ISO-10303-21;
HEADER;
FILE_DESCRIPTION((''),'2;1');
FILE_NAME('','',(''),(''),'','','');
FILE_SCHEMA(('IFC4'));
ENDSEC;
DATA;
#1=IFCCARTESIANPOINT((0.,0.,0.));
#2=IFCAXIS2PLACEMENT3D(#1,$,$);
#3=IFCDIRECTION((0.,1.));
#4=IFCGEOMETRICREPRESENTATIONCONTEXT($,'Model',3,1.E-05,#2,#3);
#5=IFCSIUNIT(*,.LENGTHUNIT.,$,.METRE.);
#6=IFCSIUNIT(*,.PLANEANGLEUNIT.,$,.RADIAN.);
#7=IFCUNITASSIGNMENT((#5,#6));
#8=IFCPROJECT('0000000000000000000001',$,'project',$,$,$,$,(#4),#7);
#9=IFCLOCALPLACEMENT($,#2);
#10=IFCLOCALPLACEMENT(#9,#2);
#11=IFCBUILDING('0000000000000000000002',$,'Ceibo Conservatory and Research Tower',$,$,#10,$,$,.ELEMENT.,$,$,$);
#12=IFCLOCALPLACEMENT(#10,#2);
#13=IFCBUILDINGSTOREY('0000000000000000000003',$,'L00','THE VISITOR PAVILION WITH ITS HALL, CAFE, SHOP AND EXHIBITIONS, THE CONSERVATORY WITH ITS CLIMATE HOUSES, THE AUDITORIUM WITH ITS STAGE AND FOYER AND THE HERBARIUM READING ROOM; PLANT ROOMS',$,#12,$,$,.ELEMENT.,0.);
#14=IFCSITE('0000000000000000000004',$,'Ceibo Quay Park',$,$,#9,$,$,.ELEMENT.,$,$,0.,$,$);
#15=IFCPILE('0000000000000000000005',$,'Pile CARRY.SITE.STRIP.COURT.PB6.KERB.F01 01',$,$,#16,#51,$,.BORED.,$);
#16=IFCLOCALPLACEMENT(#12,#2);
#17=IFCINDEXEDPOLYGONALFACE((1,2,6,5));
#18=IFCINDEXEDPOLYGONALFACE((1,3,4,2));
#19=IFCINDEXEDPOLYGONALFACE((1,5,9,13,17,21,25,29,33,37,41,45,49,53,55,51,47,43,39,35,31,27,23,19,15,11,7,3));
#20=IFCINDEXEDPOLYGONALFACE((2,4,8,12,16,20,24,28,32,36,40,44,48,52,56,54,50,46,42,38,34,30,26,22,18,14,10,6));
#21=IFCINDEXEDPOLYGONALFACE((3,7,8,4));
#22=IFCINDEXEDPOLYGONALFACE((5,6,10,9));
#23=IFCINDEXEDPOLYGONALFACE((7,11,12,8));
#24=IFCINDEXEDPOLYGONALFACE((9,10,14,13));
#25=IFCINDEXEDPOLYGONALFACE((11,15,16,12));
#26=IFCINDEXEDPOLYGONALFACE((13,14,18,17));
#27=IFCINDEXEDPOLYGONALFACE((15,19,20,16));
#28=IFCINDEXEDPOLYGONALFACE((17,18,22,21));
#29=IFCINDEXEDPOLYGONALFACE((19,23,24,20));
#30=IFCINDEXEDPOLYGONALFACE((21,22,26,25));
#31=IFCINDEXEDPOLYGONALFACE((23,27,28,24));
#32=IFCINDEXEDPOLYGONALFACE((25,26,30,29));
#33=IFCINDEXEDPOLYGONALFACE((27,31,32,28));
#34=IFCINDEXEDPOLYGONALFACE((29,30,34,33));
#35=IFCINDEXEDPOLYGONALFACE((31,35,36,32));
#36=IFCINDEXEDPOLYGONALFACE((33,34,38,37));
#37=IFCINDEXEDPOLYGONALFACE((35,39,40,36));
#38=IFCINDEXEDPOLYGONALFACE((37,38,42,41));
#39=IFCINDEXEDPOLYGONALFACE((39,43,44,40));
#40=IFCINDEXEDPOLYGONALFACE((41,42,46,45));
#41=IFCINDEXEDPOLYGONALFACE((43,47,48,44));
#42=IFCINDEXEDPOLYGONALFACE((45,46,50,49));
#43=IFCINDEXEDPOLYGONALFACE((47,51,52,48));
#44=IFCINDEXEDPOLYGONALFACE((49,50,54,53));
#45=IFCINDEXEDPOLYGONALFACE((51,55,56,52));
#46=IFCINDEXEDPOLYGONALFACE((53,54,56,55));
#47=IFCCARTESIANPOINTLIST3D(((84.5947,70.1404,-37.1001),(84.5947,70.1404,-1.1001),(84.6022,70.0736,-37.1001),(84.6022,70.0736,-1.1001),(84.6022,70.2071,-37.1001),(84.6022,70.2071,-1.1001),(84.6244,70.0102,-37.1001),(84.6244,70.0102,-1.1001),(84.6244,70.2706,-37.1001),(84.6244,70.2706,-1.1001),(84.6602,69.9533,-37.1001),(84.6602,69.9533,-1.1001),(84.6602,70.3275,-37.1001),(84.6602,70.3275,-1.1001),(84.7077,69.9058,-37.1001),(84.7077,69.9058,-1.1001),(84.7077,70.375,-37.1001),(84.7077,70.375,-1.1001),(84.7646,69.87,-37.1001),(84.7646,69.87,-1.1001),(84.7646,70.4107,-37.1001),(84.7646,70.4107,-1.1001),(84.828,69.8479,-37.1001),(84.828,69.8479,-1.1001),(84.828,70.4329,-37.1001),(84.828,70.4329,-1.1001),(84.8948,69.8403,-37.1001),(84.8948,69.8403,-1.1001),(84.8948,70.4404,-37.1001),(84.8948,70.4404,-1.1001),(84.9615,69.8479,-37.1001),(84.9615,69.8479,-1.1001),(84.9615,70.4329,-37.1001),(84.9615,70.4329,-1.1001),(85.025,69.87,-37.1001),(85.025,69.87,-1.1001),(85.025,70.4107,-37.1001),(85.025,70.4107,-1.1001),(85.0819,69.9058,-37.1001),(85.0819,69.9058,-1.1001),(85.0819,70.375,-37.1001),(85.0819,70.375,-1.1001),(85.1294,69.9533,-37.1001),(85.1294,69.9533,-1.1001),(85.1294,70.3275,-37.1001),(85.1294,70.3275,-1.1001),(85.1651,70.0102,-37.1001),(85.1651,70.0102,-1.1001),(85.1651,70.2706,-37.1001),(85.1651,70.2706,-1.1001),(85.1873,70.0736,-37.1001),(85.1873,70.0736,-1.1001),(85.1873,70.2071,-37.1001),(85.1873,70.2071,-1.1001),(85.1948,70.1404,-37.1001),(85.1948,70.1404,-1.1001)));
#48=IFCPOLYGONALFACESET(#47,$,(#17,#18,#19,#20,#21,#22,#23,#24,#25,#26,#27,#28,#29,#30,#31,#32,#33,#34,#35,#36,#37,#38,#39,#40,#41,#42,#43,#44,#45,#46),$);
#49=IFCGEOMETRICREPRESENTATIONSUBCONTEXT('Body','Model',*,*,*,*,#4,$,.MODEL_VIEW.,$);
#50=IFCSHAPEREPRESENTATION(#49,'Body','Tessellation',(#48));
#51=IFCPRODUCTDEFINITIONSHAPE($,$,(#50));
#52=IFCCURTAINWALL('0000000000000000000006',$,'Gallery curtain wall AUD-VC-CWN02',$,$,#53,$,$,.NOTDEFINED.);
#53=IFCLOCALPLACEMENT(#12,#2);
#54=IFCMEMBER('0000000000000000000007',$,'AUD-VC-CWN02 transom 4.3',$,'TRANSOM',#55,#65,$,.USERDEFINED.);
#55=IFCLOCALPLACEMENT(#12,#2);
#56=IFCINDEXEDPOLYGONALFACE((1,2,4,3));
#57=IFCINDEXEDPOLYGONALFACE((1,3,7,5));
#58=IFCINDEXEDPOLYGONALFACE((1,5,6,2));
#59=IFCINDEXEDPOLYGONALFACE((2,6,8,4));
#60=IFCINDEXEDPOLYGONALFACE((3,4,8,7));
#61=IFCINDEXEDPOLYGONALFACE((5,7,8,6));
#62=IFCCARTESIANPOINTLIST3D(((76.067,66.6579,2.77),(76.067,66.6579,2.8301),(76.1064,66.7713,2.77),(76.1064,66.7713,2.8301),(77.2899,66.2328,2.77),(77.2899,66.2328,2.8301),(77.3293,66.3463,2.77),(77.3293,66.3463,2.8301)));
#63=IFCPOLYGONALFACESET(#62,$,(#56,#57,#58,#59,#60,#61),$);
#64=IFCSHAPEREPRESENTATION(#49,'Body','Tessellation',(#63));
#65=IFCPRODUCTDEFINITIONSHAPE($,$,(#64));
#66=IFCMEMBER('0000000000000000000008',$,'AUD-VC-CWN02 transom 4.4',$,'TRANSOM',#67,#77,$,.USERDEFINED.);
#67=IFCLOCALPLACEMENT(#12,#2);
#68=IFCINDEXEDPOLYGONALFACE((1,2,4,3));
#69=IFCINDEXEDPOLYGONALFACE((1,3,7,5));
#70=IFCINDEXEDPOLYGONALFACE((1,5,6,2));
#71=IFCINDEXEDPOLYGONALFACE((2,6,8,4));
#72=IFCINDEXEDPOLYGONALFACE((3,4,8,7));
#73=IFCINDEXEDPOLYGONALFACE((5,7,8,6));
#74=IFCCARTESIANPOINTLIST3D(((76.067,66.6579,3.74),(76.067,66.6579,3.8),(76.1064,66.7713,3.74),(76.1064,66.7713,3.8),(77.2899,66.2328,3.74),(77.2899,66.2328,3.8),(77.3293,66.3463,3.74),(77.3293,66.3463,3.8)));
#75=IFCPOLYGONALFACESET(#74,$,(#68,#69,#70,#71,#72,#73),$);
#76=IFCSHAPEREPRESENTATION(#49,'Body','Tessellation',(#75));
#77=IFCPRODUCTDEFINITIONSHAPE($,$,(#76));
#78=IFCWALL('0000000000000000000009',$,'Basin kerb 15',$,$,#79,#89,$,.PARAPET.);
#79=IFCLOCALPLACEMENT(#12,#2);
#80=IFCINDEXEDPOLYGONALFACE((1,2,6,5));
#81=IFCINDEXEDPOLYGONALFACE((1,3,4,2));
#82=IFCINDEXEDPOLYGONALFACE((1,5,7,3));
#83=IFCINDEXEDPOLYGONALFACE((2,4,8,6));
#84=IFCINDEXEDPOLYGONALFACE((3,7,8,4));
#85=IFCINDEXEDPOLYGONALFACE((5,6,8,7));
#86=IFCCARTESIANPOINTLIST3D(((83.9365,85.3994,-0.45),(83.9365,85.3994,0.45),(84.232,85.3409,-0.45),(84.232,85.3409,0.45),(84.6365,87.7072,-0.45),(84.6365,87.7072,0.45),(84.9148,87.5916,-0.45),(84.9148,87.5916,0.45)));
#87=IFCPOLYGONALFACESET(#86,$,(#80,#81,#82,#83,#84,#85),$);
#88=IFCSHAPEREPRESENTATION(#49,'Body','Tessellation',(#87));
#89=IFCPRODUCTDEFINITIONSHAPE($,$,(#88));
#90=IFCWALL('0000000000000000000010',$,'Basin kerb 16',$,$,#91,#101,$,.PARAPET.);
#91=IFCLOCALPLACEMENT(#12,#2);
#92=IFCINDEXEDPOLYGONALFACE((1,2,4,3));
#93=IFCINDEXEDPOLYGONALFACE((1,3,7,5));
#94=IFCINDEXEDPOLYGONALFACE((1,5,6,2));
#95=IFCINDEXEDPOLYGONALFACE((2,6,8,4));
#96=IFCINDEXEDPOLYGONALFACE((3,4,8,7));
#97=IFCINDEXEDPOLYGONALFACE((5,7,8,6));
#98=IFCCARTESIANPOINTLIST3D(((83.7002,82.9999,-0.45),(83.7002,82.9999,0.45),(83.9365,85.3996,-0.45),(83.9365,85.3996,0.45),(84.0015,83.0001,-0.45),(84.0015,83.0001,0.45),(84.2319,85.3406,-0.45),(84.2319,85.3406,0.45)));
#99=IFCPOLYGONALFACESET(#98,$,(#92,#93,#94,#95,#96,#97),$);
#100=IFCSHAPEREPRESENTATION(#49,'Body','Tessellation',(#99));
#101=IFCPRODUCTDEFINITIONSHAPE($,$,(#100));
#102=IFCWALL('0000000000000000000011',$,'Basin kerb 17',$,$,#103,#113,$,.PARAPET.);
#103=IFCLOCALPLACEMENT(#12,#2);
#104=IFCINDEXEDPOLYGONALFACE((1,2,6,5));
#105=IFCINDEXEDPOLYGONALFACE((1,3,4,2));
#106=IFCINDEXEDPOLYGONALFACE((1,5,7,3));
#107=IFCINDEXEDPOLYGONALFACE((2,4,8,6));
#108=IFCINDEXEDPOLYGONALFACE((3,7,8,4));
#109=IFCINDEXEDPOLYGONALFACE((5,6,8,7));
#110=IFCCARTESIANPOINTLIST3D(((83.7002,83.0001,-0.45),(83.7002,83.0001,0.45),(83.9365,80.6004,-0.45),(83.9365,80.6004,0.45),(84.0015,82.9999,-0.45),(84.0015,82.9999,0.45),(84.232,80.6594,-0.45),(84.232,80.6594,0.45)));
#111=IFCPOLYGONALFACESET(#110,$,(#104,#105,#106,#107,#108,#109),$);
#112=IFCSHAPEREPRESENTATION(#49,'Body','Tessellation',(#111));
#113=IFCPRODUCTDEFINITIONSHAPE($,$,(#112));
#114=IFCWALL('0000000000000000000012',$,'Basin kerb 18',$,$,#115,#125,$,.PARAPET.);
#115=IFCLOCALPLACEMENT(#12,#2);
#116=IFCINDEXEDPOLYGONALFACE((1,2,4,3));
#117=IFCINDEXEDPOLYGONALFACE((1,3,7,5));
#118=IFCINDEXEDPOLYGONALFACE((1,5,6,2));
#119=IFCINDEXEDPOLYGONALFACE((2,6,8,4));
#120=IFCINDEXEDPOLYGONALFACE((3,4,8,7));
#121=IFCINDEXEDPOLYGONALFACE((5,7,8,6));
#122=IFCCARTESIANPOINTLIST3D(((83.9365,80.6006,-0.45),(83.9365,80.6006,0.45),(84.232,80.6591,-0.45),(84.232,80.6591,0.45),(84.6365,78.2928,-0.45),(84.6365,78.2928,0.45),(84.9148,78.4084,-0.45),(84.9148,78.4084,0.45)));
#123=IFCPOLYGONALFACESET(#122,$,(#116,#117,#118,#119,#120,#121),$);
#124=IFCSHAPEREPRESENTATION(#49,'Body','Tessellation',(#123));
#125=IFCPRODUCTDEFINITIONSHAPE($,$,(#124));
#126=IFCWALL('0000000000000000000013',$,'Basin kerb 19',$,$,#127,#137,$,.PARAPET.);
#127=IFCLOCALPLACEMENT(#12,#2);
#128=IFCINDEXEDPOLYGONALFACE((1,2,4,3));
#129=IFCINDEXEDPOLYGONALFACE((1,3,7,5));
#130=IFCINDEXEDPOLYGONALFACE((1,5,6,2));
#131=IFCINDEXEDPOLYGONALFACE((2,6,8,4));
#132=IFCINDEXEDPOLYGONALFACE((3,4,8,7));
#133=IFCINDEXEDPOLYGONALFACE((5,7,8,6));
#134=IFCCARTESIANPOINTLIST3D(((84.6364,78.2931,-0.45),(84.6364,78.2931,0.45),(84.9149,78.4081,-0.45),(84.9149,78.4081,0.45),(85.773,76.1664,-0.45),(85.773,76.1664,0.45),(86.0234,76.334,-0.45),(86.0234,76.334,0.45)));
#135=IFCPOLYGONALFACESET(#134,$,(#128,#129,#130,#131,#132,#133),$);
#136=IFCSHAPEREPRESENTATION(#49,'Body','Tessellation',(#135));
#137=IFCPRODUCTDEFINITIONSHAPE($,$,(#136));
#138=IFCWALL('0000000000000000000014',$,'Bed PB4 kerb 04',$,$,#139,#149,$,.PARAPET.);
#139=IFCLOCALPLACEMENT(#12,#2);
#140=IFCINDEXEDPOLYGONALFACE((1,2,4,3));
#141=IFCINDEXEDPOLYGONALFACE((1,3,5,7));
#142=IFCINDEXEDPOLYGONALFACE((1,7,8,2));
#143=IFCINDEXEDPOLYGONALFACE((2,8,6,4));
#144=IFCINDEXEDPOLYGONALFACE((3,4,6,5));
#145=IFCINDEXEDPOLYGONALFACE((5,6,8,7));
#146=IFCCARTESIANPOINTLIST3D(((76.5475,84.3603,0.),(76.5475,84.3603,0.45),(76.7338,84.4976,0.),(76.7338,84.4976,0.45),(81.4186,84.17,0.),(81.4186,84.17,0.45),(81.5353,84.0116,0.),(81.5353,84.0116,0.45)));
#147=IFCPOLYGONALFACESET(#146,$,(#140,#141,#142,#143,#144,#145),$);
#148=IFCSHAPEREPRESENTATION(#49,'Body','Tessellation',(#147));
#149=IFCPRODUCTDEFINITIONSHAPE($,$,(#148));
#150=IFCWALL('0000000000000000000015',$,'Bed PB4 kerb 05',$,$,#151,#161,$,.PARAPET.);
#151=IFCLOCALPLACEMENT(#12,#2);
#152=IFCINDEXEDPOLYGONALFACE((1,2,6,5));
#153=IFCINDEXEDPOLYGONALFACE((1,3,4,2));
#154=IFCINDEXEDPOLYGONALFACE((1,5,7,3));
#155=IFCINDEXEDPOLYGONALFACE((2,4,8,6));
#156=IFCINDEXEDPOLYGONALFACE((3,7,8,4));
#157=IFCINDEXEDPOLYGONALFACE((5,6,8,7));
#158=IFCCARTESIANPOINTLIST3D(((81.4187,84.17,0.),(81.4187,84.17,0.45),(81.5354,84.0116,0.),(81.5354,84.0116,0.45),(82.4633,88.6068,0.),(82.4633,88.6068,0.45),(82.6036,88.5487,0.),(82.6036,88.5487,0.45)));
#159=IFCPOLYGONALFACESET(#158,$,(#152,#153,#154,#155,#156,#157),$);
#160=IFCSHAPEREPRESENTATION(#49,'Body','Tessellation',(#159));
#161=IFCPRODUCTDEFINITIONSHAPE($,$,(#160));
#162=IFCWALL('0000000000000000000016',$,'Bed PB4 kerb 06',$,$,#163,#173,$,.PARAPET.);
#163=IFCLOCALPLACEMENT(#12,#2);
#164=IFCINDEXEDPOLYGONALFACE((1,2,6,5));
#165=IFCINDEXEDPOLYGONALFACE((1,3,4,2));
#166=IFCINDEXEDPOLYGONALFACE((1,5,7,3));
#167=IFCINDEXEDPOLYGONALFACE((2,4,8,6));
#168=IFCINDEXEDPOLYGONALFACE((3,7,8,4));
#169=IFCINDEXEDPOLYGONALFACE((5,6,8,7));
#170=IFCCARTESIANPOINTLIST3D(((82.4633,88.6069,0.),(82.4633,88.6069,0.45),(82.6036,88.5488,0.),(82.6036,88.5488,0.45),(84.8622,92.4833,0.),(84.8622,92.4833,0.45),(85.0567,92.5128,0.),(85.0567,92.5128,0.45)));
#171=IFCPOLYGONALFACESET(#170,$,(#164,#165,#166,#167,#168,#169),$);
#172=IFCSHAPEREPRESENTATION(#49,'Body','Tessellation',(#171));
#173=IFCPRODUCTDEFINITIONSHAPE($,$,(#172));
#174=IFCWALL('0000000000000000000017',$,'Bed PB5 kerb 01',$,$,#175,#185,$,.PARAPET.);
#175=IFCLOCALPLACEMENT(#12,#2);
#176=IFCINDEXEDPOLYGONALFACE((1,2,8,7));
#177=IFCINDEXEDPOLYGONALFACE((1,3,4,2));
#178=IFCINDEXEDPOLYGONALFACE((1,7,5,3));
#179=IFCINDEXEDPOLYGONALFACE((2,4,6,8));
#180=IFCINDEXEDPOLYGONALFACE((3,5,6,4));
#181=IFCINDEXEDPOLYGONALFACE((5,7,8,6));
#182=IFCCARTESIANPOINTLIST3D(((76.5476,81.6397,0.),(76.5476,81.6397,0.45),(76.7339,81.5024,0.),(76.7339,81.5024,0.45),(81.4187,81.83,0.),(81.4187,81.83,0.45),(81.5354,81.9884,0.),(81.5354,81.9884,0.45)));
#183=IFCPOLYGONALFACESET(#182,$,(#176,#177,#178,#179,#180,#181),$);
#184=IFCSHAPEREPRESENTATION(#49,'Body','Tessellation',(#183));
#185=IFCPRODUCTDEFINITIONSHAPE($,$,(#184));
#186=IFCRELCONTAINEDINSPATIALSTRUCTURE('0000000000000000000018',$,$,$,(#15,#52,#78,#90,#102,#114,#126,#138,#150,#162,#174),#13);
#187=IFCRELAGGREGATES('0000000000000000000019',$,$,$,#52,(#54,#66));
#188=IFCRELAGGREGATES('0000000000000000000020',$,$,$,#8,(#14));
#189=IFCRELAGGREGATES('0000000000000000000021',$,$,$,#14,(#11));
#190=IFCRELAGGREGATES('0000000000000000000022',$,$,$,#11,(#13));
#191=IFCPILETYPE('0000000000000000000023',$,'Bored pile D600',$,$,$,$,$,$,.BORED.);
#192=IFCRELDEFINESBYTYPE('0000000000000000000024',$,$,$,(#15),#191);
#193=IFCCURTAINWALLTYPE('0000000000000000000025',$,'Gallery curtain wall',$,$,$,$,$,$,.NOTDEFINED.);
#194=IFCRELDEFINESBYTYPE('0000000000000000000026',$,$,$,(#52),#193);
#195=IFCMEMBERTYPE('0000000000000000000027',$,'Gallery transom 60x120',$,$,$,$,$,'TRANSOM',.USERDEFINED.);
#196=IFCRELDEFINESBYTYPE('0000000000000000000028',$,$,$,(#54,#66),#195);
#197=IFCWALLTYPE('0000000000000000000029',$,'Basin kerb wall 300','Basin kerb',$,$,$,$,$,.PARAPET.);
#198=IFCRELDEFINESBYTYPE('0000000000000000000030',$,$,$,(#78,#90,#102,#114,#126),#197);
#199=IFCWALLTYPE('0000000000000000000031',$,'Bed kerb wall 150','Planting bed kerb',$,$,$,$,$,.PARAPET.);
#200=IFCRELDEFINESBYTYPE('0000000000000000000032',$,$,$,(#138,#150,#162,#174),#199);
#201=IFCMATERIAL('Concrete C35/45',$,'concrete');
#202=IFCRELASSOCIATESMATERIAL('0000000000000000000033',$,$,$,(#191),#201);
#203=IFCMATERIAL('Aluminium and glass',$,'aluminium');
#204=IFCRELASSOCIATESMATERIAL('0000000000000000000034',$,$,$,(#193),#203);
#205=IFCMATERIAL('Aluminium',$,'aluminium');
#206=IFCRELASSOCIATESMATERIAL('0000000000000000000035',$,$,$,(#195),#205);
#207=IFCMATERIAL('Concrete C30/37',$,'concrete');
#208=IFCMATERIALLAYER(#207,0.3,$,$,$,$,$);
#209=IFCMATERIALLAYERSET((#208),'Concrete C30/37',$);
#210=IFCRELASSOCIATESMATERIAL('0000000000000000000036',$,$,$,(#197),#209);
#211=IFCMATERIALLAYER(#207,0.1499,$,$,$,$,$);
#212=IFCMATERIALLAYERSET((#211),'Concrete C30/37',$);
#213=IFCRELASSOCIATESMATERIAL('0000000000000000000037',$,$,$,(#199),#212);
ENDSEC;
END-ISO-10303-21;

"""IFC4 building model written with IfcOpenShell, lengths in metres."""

from ifc_helpers import new_model, si_unit, direction, frame, origin, origin_2d, place, context, subcontext, project, spatial, polyline, rectangle, circle, outline, extrude, material, layer, layer_set, material_profile, profile_set, type_object, element, aggregate, save


model = new_model("IFC4")

# Units and contexts
model_context = context("Model", 3, precision=1e-05, world=origin(), true_north=direction((0.0, 1.0)))
body_context = subcontext(model_context, "Body", "Model", "MODEL_VIEW")
ifc_project = project(units=[si_unit("LENGTHUNIT", "METRE"), si_unit("PLANEANGLEUNIT", "RADIAN")], contexts=[model_context])

# Site, building, storey
site_placement = place(None, origin())
site = spatial("IfcSite", under=ifc_project, at=site_placement, Name="Ceibo Quay Park", CompositionType="ELEMENT", RefElevation=0.0)
building_placement = place(site_placement, origin())
building = spatial("IfcBuilding", under=site, at=building_placement, Name="Ceibo Conservatory and Research Tower", CompositionType="ELEMENT")
storey_placement = place(building_placement, origin())
storey = spatial("IfcBuildingStorey", under=building, at=storey_placement, Name="L00", Description="THE VISITOR PAVILION WITH ITS HALL, CAFE, SHOP AND EXHIBITIONS, THE CONSERVATORY WITH ITS CLIMATE HOUSES, THE AUDITORIUM WITH ITS STAGE AND FOYER AND THE HERBARIUM READING ROOM; PLANT ROOMS", CompositionType="ELEMENT", Elevation=0.0)

# Pile
ifc_material_1 = material(Name="Concrete C35/45", Category="concrete")
ifc_material_profile_1 = material_profile(ifc_material_1, circle(Radius=0.3, at=origin_2d()), Name="RC D600")
ifc_profile_set_1 = profile_set([ifc_material_profile_1], Name="Concrete C35/45")
pile_type = type_object("IfcPileType", Name="Bored pile D600", PredefinedType="BORED", material=ifc_profile_set_1)
for number, where, z_axis, x_axis, name in (
    (1, (84.8948, 70.1404, -1.1001), (0.0, 0.0, -1.0), (1.0, 0.0, 0.0), "Pile CARRY.SITE.STRIP.COURT.PB6.KERB.F01 01"),
):
    element("IfcPile", number, at=place(storey_placement, frame(where, z_axis=z_axis, x_axis=x_axis)), inside=storey, type_object=pile_type, Name=name, PredefinedType="BORED", context=body_context, shape_type="SweptSolid", body=[
        extrude(circle(Radius=0.3, at=origin_2d()), origin(), (0.0, 0.0, 1.0), 36.0),
    ])

# Curtain wall, members
ifc_material_2 = material(Name="Aluminium and glass", Category="aluminium")
curtain_wall_type = type_object("IfcCurtainWallType", Name="Gallery curtain wall", PredefinedType="NOTDEFINED", material=ifc_material_2)
curtain_wall_placement = place(storey_placement, origin())
curtain_wall = element("IfcCurtainWall", 2, at=curtain_wall_placement, inside=storey, type_object=curtain_wall_type, Name="Gallery curtain wall AUD-VC-CWN02", PredefinedType="NOTDEFINED")
ifc_material_3 = material(Name="Aluminium", Category="aluminium")
ifc_material_profile_2 = material_profile(ifc_material_3, rectangle(XDim=0.1201, YDim=0.0601, at=origin_2d()), Name="AL 60x120")
ifc_profile_set_2 = profile_set([ifc_material_profile_2], Name="Aluminium")
member_type = type_object("IfcMemberType", Name="Gallery transom 60x120", ElementType="TRANSOM", PredefinedType="USERDEFINED", material=ifc_profile_set_2)
member_1_placement = place(storey_placement, frame((76.0867, 66.7146, 2.8), z_axis=(0.944571, -0.328309, 0.0), x_axis=(0.328309, 0.944571, 0.0)))
member_1 = element("IfcMember", 3, at=member_1_placement, type_object=member_type, Name="AUD-VC-CWN02 transom 4.3", ObjectType="TRANSOM", PredefinedType="USERDEFINED", context=body_context, shape_type="SweptSolid", body=[
    extrude(rectangle(XDim=0.1201, YDim=0.0601, at=origin_2d()), origin(), (0.0, 0.0, 1.0), 1.2947),
])
member_2_placement = place(storey_placement, frame((76.0867, 66.7146, 3.77), z_axis=(0.944571, -0.328309, 0.0), x_axis=(0.328309, 0.944571, 0.0)))
member_2 = element("IfcMember", 4, at=member_2_placement, type_object=member_type, Name="AUD-VC-CWN02 transom 4.4", ObjectType="TRANSOM", PredefinedType="USERDEFINED", context=body_context, shape_type="SweptSolid", body=[
    extrude(rectangle(XDim=0.1201, YDim=0.0601, at=origin_2d()), origin(), (0.0, 0.0, 1.0), 1.2947),
])
aggregate(curtain_wall, [member_1, member_2])

# Walls
ifc_material_4 = material(Name="Concrete C30/37", Category="concrete")
ifc_layer_1 = layer(ifc_material_4, 0.3)
ifc_layer_set_1 = layer_set([ifc_layer_1], Name="Concrete C30/37")
wall_type_1 = type_object("IfcWallType", Name="Basin kerb wall 300", Description="Basin kerb", PredefinedType="PARAPET", material=ifc_layer_set_1)
wall_1_placement = place(storey_placement, frame((84.7756, 87.6494, -0.45), z_axis=(0.0, 0.0, 1.0), x_axis=(-0.29028, -0.956942, 0.0)))
element("IfcWall", 5, at=wall_1_placement, inside=storey, type_object=wall_type_1, Name="Basin kerb 15", PredefinedType="PARAPET", context=body_context, shape_type="SweptSolid", body=[
    extrude(outline(polyline([(-0.0149, -0.1499), (2.3967, -0.1499), (2.3669, 0.1499), (0.0149, 0.1499), (-0.0149, -0.1499)])), origin(), (0.0, 0.0, 1.0), 0.8999),
])
for number, where, z_axis, x_axis, name in (
    (6, (84.0842, 85.3701, -0.45), (0.0, 0.0, 1.0), (-0.098001, -0.995186, 0.0), "Basin kerb 16"),
    (7, (83.8508, 83.0, -0.45), (0.0, 0.0, 1.0), (0.098001, -0.995186, 0.0), "Basin kerb 17"),
):
    element("IfcWall", number, at=place(storey_placement, frame(where, z_axis=z_axis, x_axis=x_axis)), inside=storey, type_object=wall_type_1, Name=name, PredefinedType="PARAPET", context=body_context, shape_type="SweptSolid", body=[
        extrude(outline(polyline([(-0.0149, -0.1499), (2.3965, -0.1499), (2.3667, 0.1499), (0.0149, 0.1499), (-0.0149, -0.1499)])), origin(), (0.0, 0.0, 1.0), 0.8999),
    ])
wall_2_placement = place(storey_placement, frame((84.0842, 80.6299, -0.45), z_axis=(0.0, 0.0, 1.0), x_axis=(0.29028, -0.956942, 0.0)))
element("IfcWall", 8, at=wall_2_placement, inside=storey, type_object=wall_type_1, Name="Basin kerb 18", PredefinedType="PARAPET", context=body_context, shape_type="SweptSolid", body=[
    extrude(outline(polyline([(-0.0149, -0.1499), (2.3967, -0.1499), (2.3669, 0.1499), (0.0149, 0.1499), (-0.0149, -0.1499)])), origin(), (0.0, 0.0, 1.0), 0.8999),
])
wall_3_placement = place(storey_placement, frame((84.7756, 78.3506, -0.45), z_axis=(0.0, 0.0, 1.0), x_axis=(0.471365, -0.881938, 0.0)))
element("IfcWall", 9, at=wall_3_placement, inside=storey, type_object=wall_type_1, Name="Basin kerb 19", PredefinedType="PARAPET", context=body_context, shape_type="SweptSolid", body=[
    extrude(outline(polyline([(-0.0149, -0.1499), (2.3965, -0.1499), (2.3667, 0.1499), (0.0149, 0.1499), (-0.0149, -0.1499)])), origin(), (0.0, 0.0, 1.0), 0.8999),
])
ifc_layer_2 = layer(ifc_material_4, 0.1499)
ifc_layer_set_2 = layer_set([ifc_layer_2], Name="Concrete C30/37")
wall_type_2 = type_object("IfcWallType", Name="Bed kerb wall 150", Description="Planting bed kerb", PredefinedType="PARAPET", material=ifc_layer_set_2)
wall_4_placement = place(storey_placement, frame((76.6406, 84.429, 0.0), z_axis=(0.0, 0.0, 1.0), x_axis=(0.997565, -0.069744, 0.0)))
element("IfcWall", 10, at=wall_4_placement, inside=storey, type_object=wall_type_2, Name="Bed PB4 kerb 04", PredefinedType="PARAPET", context=body_context, shape_type="SweptSolid", body=[
    extrude(outline(polyline([(-0.0881, -0.075), (4.9119, -0.075), (4.7844, 0.075), (0.0881, 0.075), (-0.0881, -0.075)])), origin(), (0.0, 0.0, 1.0), 0.45),
])
wall_5_placement = place(storey_placement, frame((81.4771, 84.0908, 0.0), z_axis=(0.0, 0.0, 1.0), x_axis=(0.229166, 0.973387, 0.0)))
element("IfcWall", 11, at=wall_5_placement, inside=storey, type_object=wall_type_2, Name="Bed PB4 kerb 05", PredefinedType="PARAPET", context=body_context, shape_type="SweptSolid", body=[
    extrude(outline(polyline([(-0.0637, -0.075), (4.5974, -0.075), (4.6218, 0.075), (0.0637, 0.075), (-0.0637, -0.075)])), origin(), (0.0, 0.0, 1.0), 0.45),
])
wall_6_placement = place(storey_placement, frame((82.5334, 88.5779, 0.0), z_axis=(0.0, 0.0, 1.0), x_axis=(0.526238, 0.850337, 0.0)))
element("IfcWall", 12, at=wall_6_placement, inside=storey, type_object=wall_type_2, Name="Bed PB4 kerb 06", PredefinedType="PARAPET", context=body_context, shape_type="SweptSolid", body=[
    extrude(outline(polyline([(0.0122, -0.075), (4.6738, -0.075), (4.5464, 0.075), (-0.0122, 0.075), (0.0122, -0.075)])), origin(), (0.0, 0.0, 1.0), 0.45),
])
wall_7_placement = place(storey_placement, frame((81.4771, 81.9092, 0.0), z_axis=(0.0, 0.0, 1.0), x_axis=(-0.997565, -0.069744, 0.0)))
element("IfcWall", 13, at=wall_7_placement, inside=storey, type_object=wall_type_2, Name="Bed PB5 kerb 01", PredefinedType="PARAPET", context=body_context, shape_type="SweptSolid", body=[
    extrude(outline(polyline([(-0.0637, -0.075), (4.9363, -0.075), (4.76, 0.075), (0.0637, 0.075), (-0.0637, -0.075)])), origin(), (0.0, 0.0, 1.0), 0.45),
])

save(model, "model.ifc")
